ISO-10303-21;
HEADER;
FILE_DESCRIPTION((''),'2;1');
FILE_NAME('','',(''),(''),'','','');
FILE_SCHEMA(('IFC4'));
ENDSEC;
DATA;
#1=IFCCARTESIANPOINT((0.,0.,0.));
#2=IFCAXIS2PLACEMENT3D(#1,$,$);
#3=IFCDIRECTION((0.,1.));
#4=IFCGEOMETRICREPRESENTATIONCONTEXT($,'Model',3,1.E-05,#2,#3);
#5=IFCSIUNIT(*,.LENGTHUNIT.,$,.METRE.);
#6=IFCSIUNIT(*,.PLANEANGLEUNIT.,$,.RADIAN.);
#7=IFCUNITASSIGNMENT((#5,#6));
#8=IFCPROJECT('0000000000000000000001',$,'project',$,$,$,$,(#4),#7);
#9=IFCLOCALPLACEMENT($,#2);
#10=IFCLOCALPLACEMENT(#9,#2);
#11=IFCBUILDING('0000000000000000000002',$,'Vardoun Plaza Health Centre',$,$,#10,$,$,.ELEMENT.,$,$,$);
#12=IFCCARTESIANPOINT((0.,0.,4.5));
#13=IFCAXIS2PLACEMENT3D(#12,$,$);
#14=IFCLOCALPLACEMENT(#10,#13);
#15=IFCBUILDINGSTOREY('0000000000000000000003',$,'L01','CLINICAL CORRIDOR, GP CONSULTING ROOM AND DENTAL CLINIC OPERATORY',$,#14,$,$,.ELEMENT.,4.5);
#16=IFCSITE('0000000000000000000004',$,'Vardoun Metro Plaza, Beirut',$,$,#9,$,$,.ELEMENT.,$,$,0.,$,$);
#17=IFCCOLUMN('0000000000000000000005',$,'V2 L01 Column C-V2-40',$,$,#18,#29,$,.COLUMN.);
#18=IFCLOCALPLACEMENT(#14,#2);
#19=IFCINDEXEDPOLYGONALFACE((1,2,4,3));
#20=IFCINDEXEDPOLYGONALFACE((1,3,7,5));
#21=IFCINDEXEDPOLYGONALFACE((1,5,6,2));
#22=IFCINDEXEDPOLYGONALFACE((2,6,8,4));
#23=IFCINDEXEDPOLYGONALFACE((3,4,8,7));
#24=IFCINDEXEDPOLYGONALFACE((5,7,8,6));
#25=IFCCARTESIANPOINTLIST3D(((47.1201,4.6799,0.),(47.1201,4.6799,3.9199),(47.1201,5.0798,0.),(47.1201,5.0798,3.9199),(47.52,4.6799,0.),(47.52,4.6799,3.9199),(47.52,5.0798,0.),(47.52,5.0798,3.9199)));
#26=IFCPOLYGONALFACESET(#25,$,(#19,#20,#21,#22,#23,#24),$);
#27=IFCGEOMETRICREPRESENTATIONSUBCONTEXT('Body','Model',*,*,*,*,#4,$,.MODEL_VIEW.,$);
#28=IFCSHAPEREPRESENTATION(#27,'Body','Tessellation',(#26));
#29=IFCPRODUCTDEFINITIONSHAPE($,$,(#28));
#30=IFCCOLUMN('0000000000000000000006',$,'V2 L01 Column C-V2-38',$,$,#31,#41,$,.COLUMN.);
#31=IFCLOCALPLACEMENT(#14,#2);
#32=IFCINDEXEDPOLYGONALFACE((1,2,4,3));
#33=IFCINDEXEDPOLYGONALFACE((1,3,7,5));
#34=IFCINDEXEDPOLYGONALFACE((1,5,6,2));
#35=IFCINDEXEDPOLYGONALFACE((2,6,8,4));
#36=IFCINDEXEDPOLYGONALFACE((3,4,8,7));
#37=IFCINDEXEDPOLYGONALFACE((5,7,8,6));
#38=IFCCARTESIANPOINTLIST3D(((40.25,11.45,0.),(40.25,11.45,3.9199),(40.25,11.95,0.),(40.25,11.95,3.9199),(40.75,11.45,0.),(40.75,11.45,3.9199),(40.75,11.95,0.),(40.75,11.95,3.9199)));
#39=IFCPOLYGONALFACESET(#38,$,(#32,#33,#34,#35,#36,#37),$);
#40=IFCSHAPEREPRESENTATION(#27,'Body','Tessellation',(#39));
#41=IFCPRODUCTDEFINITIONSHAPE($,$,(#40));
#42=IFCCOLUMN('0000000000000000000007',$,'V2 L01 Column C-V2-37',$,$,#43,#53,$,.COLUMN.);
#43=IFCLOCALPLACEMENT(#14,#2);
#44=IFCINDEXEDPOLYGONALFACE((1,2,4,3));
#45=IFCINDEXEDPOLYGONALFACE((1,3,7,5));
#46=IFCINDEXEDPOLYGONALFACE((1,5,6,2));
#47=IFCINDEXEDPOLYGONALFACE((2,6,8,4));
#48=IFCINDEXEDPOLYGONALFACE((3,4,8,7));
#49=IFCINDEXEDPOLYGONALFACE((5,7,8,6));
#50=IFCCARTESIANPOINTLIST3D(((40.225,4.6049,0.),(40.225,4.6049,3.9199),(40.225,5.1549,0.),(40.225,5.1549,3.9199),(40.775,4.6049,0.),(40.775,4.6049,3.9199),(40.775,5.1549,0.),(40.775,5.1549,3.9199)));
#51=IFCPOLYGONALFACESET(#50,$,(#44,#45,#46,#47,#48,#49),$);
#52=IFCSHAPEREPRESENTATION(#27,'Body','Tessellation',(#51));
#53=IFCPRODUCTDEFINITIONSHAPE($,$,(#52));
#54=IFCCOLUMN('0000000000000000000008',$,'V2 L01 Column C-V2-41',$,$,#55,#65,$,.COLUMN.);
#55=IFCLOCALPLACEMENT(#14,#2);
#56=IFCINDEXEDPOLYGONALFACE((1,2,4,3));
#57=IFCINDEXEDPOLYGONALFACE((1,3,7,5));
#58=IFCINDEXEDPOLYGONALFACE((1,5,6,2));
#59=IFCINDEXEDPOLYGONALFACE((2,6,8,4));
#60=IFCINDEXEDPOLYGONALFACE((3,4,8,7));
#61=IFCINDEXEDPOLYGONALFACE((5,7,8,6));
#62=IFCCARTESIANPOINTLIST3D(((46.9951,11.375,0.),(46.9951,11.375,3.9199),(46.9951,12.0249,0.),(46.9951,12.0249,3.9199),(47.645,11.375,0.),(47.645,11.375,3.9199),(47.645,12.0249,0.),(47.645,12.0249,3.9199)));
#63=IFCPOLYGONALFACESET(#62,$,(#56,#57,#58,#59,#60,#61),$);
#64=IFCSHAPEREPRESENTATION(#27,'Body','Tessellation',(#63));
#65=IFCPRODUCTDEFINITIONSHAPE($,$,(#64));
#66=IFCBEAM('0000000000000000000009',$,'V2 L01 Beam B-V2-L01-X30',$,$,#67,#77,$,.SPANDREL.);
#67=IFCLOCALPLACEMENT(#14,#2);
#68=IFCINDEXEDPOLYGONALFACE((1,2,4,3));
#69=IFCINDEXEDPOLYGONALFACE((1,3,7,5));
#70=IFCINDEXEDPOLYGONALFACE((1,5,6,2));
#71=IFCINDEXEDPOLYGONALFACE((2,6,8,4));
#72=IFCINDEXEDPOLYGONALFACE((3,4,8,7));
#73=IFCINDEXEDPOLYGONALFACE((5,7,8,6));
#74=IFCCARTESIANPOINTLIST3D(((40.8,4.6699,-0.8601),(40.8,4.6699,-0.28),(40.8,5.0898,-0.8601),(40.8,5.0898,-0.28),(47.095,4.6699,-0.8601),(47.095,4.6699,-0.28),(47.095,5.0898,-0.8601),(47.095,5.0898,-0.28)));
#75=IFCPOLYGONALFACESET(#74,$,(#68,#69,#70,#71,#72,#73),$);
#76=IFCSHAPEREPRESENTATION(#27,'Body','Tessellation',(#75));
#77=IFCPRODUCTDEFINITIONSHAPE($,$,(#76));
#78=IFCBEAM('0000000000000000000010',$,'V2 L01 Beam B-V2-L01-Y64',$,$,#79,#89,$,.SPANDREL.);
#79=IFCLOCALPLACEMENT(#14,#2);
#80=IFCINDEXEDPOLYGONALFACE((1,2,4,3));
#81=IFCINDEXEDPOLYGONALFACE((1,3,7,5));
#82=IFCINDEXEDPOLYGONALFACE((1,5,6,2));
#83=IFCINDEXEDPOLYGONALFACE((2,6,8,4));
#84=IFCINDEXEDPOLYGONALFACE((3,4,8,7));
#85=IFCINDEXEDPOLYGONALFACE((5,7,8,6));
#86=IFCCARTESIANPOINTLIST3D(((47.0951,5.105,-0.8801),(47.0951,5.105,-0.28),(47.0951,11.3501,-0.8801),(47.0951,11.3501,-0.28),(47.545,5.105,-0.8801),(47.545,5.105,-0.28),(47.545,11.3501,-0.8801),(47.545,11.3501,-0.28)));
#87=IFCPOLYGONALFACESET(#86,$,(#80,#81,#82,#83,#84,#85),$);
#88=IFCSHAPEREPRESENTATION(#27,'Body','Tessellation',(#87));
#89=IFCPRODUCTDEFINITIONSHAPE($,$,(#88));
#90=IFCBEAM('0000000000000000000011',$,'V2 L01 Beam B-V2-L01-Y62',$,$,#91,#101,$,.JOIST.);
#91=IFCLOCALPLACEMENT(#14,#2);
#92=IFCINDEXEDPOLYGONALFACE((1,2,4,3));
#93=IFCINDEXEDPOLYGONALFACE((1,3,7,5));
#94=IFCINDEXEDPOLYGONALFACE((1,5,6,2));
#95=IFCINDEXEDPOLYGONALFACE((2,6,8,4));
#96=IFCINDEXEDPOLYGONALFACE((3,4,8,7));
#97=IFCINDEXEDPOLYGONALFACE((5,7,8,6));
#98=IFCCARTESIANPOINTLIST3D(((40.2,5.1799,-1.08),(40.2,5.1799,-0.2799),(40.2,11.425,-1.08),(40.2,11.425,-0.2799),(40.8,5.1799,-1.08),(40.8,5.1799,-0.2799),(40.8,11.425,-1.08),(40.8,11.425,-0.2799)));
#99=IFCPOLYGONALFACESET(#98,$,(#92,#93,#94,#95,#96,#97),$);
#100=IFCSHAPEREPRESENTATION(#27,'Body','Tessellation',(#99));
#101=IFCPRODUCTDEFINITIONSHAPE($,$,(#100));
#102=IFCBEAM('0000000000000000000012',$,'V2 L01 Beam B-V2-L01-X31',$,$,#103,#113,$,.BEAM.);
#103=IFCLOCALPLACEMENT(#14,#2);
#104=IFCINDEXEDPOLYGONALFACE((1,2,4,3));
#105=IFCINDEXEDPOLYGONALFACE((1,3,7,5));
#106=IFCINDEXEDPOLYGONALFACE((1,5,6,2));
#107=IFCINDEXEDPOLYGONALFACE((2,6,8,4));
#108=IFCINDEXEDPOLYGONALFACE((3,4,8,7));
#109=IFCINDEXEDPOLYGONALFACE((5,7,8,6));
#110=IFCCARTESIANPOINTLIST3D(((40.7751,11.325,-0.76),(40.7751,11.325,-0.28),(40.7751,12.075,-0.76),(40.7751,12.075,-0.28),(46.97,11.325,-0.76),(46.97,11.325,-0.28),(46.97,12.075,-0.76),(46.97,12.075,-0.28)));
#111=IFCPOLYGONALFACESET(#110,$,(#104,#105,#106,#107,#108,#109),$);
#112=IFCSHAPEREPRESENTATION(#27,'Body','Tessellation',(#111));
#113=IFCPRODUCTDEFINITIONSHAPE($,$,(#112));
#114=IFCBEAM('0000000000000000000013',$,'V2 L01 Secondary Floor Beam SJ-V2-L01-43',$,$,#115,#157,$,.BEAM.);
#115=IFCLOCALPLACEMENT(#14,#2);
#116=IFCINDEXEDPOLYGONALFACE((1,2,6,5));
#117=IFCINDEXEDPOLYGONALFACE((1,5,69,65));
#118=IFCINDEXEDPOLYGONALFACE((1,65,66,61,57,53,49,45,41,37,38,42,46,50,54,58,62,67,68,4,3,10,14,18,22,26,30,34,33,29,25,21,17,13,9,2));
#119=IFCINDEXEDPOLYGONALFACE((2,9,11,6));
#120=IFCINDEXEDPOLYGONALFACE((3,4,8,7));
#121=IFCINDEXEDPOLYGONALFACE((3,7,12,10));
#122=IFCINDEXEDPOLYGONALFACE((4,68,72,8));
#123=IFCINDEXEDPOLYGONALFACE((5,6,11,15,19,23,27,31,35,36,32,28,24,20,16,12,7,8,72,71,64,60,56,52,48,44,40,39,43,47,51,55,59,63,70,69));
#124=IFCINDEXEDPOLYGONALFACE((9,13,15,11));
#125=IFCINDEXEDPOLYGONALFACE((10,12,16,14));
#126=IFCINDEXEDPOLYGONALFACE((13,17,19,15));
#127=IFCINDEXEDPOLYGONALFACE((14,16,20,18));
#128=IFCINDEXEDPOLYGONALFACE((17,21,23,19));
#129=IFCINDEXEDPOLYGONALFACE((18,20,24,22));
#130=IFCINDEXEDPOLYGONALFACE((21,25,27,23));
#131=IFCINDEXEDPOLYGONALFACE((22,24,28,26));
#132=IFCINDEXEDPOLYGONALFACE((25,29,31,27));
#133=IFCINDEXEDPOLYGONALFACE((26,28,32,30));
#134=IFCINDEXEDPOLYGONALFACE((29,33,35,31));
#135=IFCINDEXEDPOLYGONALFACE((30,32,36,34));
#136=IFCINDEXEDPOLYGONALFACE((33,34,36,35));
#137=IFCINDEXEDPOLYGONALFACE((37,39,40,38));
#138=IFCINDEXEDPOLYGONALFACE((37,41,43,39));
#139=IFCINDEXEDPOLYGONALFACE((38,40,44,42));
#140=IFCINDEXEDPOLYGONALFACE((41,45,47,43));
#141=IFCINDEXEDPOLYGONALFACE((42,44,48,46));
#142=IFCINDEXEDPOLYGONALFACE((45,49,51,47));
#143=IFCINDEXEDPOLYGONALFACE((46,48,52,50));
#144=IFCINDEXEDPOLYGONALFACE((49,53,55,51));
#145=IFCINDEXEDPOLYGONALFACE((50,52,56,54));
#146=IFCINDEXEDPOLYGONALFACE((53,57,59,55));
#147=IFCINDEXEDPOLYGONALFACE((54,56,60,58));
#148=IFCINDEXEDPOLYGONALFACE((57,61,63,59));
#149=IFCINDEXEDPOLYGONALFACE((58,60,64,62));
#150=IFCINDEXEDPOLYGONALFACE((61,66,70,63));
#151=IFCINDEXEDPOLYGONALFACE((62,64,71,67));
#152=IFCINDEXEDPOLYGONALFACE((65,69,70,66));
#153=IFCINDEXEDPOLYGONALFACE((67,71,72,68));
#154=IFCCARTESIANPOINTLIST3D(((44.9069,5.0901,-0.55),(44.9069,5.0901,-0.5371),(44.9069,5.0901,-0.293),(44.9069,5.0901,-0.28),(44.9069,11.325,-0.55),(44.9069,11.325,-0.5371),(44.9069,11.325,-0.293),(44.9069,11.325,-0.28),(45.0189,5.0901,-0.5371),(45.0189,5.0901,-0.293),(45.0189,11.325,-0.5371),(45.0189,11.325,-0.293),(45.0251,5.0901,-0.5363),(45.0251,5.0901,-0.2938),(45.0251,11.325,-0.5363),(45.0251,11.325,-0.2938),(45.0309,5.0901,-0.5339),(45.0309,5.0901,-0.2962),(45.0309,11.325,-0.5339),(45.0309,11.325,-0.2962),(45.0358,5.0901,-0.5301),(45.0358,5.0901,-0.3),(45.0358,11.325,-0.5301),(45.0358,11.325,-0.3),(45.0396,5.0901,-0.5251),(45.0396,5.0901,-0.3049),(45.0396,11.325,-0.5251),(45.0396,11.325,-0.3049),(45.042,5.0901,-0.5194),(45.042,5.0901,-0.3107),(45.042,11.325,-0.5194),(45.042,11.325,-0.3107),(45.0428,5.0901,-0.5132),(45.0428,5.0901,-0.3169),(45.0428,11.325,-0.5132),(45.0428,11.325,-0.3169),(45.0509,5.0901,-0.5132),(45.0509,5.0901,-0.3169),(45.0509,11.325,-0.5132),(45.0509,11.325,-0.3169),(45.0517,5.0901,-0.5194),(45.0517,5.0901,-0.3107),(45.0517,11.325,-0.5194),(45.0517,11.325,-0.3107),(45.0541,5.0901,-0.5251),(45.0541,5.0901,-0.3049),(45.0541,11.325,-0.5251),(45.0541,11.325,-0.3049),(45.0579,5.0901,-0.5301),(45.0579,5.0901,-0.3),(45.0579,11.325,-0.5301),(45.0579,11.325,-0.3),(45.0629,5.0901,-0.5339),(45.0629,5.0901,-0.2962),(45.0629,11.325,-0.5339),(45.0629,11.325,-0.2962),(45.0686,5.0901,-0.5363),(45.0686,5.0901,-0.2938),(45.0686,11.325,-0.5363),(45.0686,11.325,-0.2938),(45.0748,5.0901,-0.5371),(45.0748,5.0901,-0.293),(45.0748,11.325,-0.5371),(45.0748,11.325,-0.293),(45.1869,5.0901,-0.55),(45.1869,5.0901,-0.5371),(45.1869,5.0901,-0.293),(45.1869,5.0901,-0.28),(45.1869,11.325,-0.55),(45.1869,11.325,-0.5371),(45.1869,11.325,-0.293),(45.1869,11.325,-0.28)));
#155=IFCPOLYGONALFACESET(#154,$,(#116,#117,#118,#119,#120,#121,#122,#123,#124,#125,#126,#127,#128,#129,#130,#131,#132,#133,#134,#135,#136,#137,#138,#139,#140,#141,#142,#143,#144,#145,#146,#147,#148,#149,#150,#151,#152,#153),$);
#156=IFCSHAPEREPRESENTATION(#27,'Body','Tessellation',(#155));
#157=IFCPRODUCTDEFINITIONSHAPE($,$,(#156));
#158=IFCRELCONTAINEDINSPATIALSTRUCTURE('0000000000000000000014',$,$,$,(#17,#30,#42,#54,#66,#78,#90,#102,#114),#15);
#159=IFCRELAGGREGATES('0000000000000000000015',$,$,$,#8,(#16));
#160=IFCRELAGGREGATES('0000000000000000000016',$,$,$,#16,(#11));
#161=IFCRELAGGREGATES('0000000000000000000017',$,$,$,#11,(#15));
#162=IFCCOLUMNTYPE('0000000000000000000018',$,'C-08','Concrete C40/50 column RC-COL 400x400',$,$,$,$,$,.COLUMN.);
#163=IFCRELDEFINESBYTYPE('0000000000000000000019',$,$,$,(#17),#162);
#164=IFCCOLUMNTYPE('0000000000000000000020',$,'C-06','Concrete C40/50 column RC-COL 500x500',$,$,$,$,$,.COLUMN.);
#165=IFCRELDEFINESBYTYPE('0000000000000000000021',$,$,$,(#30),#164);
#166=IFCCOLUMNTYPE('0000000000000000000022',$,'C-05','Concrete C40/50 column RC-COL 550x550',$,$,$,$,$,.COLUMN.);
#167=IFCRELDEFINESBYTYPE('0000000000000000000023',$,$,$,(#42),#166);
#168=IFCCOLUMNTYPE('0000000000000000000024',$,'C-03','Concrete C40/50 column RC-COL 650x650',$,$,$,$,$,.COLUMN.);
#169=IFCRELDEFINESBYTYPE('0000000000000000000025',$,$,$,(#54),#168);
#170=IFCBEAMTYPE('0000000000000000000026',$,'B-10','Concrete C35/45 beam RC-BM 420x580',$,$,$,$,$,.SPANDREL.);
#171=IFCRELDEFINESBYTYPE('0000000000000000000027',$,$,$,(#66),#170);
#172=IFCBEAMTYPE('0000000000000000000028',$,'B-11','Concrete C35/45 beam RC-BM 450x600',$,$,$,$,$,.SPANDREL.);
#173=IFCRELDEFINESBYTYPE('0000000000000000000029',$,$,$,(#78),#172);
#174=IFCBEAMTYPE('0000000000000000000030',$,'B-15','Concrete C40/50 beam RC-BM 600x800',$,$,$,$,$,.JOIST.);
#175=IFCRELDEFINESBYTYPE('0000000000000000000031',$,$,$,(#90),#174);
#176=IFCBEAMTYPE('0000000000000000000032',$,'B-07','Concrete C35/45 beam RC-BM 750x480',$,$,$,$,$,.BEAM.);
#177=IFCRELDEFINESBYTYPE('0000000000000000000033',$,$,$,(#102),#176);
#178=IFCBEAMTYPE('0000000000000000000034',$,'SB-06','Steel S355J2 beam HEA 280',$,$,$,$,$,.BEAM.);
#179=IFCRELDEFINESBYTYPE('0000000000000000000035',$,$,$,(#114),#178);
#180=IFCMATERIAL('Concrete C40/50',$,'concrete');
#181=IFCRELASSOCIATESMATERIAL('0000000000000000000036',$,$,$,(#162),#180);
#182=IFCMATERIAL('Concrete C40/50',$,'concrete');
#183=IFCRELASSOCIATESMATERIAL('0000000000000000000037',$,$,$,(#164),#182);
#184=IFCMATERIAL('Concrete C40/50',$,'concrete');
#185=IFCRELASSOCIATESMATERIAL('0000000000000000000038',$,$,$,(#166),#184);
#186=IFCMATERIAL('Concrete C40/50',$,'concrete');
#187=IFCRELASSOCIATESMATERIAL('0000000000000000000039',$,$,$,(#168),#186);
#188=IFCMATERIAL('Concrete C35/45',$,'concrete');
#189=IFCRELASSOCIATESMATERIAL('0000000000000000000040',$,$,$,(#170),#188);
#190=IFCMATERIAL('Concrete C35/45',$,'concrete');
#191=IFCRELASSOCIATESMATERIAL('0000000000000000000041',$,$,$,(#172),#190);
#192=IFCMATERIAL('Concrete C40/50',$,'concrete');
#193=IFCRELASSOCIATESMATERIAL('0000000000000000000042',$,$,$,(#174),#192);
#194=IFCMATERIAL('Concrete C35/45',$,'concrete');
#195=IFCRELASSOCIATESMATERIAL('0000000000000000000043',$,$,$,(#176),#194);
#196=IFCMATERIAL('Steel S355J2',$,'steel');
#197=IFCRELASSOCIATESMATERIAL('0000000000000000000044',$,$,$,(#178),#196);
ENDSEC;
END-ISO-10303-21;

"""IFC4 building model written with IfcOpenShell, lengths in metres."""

from ifc_helpers import new_model, si_unit, direction, frame, origin, origin_2d, place, context, subcontext, project, spatial, rectangle, i_section, extrude, material, material_profile, profile_set, type_object, element, save


model = new_model("IFC4")

# Units and contexts
model_context = context("Model", 3, precision=1e-05, world=origin(), true_north=direction((0.0, 1.0)))
body_context = subcontext(model_context, "Body", "Model", "MODEL_VIEW")
ifc_project = project(units=[si_unit("LENGTHUNIT", "METRE"), si_unit("PLANEANGLEUNIT", "RADIAN")], contexts=[model_context])

# Site, building, storey
site_placement = place(None, origin())
site = spatial("IfcSite", under=ifc_project, at=site_placement, Name="Vardoun Metro Plaza, Beirut", CompositionType="ELEMENT", RefElevation=0.0)
building_placement = place(site_placement, origin())
building = spatial("IfcBuilding", under=site, at=building_placement, Name="Vardoun Plaza Health Centre", CompositionType="ELEMENT")
storey_placement = place(building_placement, frame((0.0, 0.0, 4.5)))
storey = spatial("IfcBuildingStorey", under=building, at=storey_placement, Name="L01", Description="CLINICAL CORRIDOR, GP CONSULTING ROOM AND DENTAL CLINIC OPERATORY", CompositionType="ELEMENT", Elevation=4.5)

# Columns
ifc_material_1 = material(Name="Concrete C40/50", Category="concrete")
ifc_material_profile_1 = material_profile(ifc_material_1, rectangle(XDim=0.3999, YDim=0.3999, at=origin_2d()), Name="RC-COL 400x400")
ifc_profile_set_1 = profile_set([ifc_material_profile_1], Name="Concrete C40/50")
column_type_1 = type_object("IfcColumnType", Name="C-08", Description="Concrete C40/50 column RC-COL 400x400", PredefinedType="COLUMN", material=ifc_profile_set_1)
column_1_placement = place(storey_placement, frame((47.3201, 4.8799, 0.0), z_axis=(0.0, 0.0, 1.0), x_axis=(1.0, 0.0, 0.0)))
element("IfcColumn", 1, at=column_1_placement, inside=storey, type_object=column_type_1, Name="V2 L01 Column C-V2-40", PredefinedType="COLUMN", context=body_context, shape_type="SweptSolid", body=[
    extrude(rectangle(XDim=0.3999, YDim=0.3999, at=origin_2d()), origin(), (0.0, 0.0, 1.0), 3.9199),
])
ifc_material_2 = material(Name="Concrete C40/50", Category="concrete")
ifc_material_profile_2 = material_profile(ifc_material_2, rectangle(XDim=0.5, YDim=0.5, at=origin_2d()), Name="RC-COL 500x500")
ifc_profile_set_2 = profile_set([ifc_material_profile_2], Name="Concrete C40/50")
column_type_2 = type_object("IfcColumnType", Name="C-06", Description="Concrete C40/50 column RC-COL 500x500", PredefinedType="COLUMN", material=ifc_profile_set_2)
column_2_placement = place(storey_placement, frame((40.5, 11.7, 0.0), z_axis=(0.0, 0.0, 1.0), x_axis=(1.0, 0.0, 0.0)))
element("IfcColumn", 2, at=column_2_placement, inside=storey, type_object=column_type_2, Name="V2 L01 Column C-V2-38", PredefinedType="COLUMN", context=body_context, shape_type="SweptSolid", body=[
    extrude(rectangle(XDim=0.5, YDim=0.5, at=origin_2d()), origin(), (0.0, 0.0, 1.0), 3.9199),
])
ifc_material_3 = material(Name="Concrete C40/50", Category="concrete")
ifc_material_profile_3 = material_profile(ifc_material_3, rectangle(XDim=0.55, YDim=0.55, at=origin_2d()), Name="RC-COL 550x550")
ifc_profile_set_3 = profile_set([ifc_material_profile_3], Name="Concrete C40/50")
column_type_3 = type_object("IfcColumnType", Name="C-05", Description="Concrete C40/50 column RC-COL 550x550", PredefinedType="COLUMN", material=ifc_profile_set_3)
column_3_placement = place(storey_placement, frame((40.5, 4.8799, 0.0), z_axis=(0.0, 0.0, 1.0), x_axis=(1.0, 0.0, 0.0)))
element("IfcColumn", 3, at=column_3_placement, inside=storey, type_object=column_type_3, Name="V2 L01 Column C-V2-37", PredefinedType="COLUMN", context=body_context, shape_type="SweptSolid", body=[
    extrude(rectangle(XDim=0.55, YDim=0.55, at=origin_2d()), origin(), (0.0, 0.0, 1.0), 3.9199),
])
ifc_material_4 = material(Name="Concrete C40/50", Category="concrete")
ifc_material_profile_4 = material_profile(ifc_material_4, rectangle(XDim=0.6499, YDim=0.6499, at=origin_2d()), Name="RC-COL 650x650")
ifc_profile_set_4 = profile_set([ifc_material_profile_4], Name="Concrete C40/50")
column_type_4 = type_object("IfcColumnType", Name="C-03", Description="Concrete C40/50 column RC-COL 650x650", PredefinedType="COLUMN", material=ifc_profile_set_4)
column_4_placement = place(storey_placement, frame((47.3201, 11.7, 0.0), z_axis=(0.0, 0.0, 1.0), x_axis=(1.0, 0.0, 0.0)))
element("IfcColumn", 4, at=column_4_placement, inside=storey, type_object=column_type_4, Name="V2 L01 Column C-V2-41", PredefinedType="COLUMN", context=body_context, shape_type="SweptSolid", body=[
    extrude(rectangle(XDim=0.6499, YDim=0.6499, at=origin_2d()), origin(), (0.0, 0.0, 1.0), 3.9199),
])

# Beams
ifc_material_5 = material(Name="Concrete C35/45", Category="concrete")
ifc_material_profile_5 = material_profile(ifc_material_5, rectangle(XDim=0.4199, YDim=0.5801, at=origin_2d()), Name="RC-BM 420x580")
ifc_profile_set_5 = profile_set([ifc_material_profile_5], Name="Concrete C35/45")
beam_type_1 = type_object("IfcBeamType", Name="B-10", Description="Concrete C35/45 beam RC-BM 420x580", PredefinedType="SPANDREL", material=ifc_profile_set_5)
beam_1_placement = place(storey_placement, frame((40.8, 4.8799, -0.5701), z_axis=(1.0, 0.0, 0.0), x_axis=(0.0, 1.0, 0.0)))
element("IfcBeam", 5, at=beam_1_placement, inside=storey, type_object=beam_type_1, Name="V2 L01 Beam B-V2-L01-X30", PredefinedType="SPANDREL", context=body_context, shape_type="SweptSolid", body=[
    extrude(rectangle(XDim=0.4199, YDim=0.5801, at=origin_2d()), origin(), (0.0, 0.0, 1.0), 6.2949),
])
ifc_material_6 = material(Name="Concrete C35/45", Category="concrete")
ifc_material_profile_6 = material_profile(ifc_material_6, rectangle(XDim=0.45, YDim=0.6001, at=origin_2d()), Name="RC-BM 450x600")
ifc_profile_set_6 = profile_set([ifc_material_profile_6], Name="Concrete C35/45")
beam_type_2 = type_object("IfcBeamType", Name="B-11", Description="Concrete C35/45 beam RC-BM 450x600", PredefinedType="SPANDREL", material=ifc_profile_set_6)
beam_2_placement = place(storey_placement, frame((47.3201, 5.105, -0.5801), z_axis=(0.0, 1.0, 0.0), x_axis=(-1.0, 0.0, 0.0)))
element("IfcBeam", 6, at=beam_2_placement, inside=storey, type_object=beam_type_2, Name="V2 L01 Beam B-V2-L01-Y64", PredefinedType="SPANDREL", context=body_context, shape_type="SweptSolid", body=[
    extrude(rectangle(XDim=0.45, YDim=0.6001, at=origin_2d()), origin(), (0.0, 0.0, 1.0), 6.2451),
])
ifc_material_7 = material(Name="Concrete C40/50", Category="concrete")
ifc_material_profile_7 = material_profile(ifc_material_7, rectangle(XDim=0.6001, YDim=0.8, at=origin_2d()), Name="RC-BM 600x800")
ifc_profile_set_7 = profile_set([ifc_material_profile_7], Name="Concrete C40/50")
beam_type_3 = type_object("IfcBeamType", Name="B-15", Description="Concrete C40/50 beam RC-BM 600x800", PredefinedType="JOIST", material=ifc_profile_set_7)
beam_3_placement = place(storey_placement, frame((40.5, 5.1799, -0.6799), z_axis=(0.0, 1.0, 0.0), x_axis=(-1.0, 0.0, 0.0)))
element("IfcBeam", 7, at=beam_3_placement, inside=storey, type_object=beam_type_3, Name="V2 L01 Beam B-V2-L01-Y62", PredefinedType="JOIST", context=body_context, shape_type="SweptSolid", body=[
    extrude(rectangle(XDim=0.6001, YDim=0.8, at=origin_2d()), origin(), (0.0, 0.0, 1.0), 6.2451),
])
ifc_material_8 = material(Name="Concrete C35/45", Category="concrete")
ifc_material_profile_8 = material_profile(ifc_material_8, rectangle(XDim=0.75, YDim=0.48, at=origin_2d()), Name="RC-BM 750x480")
ifc_profile_set_8 = profile_set([ifc_material_profile_8], Name="Concrete C35/45")
beam_type_4 = type_object("IfcBeamType", Name="B-07", Description="Concrete C35/45 beam RC-BM 750x480", PredefinedType="BEAM", material=ifc_profile_set_8)
beam_4_placement = place(storey_placement, frame((40.7751, 11.7, -0.52), z_axis=(1.0, 0.0, 0.0), x_axis=(0.0, 1.0, 0.0)))
element("IfcBeam", 8, at=beam_4_placement, inside=storey, type_object=beam_type_4, Name="V2 L01 Beam B-V2-L01-X31", PredefinedType="BEAM", context=body_context, shape_type="SweptSolid", body=[
    extrude(rectangle(XDim=0.75, YDim=0.48, at=origin_2d()), origin(), (0.0, 0.0, 1.0), 6.1948),
])
ifc_material_9 = material(Name="Steel S355J2", Category="steel")
ifc_material_profile_9 = material_profile(ifc_material_9, i_section(OverallWidth=0.28, OverallDepth=0.27, WebThickness=0.0081, FlangeThickness=0.0129, FilletRadius=0.0239, at=origin_2d()), Name="HEA 280")
ifc_profile_set_9 = profile_set([ifc_material_profile_9], Name="Steel S355J2")
beam_type_5 = type_object("IfcBeamType", Name="SB-06", Description="Steel S355J2 beam HEA 280", PredefinedType="BEAM", material=ifc_profile_set_9)
beam_5_placement = place(storey_placement, frame((45.0469, 5.0901, -0.415), z_axis=(0.0, 1.0, 0.0), x_axis=(-1.0, 0.0, 0.0)))
element("IfcBeam", 9, at=beam_5_placement, inside=storey, type_object=beam_type_5, Name="V2 L01 Secondary Floor Beam SJ-V2-L01-43", PredefinedType="BEAM", context=body_context, shape_type="SweptSolid", body=[
    extrude(i_section(OverallWidth=0.28, OverallDepth=0.27, WebThickness=0.0081, FlangeThickness=0.0129, FilletRadius=0.0239, at=origin_2d()), origin(), (0.0, 0.0, 1.0), 6.2349),
])

save(model, "model.ifc")
